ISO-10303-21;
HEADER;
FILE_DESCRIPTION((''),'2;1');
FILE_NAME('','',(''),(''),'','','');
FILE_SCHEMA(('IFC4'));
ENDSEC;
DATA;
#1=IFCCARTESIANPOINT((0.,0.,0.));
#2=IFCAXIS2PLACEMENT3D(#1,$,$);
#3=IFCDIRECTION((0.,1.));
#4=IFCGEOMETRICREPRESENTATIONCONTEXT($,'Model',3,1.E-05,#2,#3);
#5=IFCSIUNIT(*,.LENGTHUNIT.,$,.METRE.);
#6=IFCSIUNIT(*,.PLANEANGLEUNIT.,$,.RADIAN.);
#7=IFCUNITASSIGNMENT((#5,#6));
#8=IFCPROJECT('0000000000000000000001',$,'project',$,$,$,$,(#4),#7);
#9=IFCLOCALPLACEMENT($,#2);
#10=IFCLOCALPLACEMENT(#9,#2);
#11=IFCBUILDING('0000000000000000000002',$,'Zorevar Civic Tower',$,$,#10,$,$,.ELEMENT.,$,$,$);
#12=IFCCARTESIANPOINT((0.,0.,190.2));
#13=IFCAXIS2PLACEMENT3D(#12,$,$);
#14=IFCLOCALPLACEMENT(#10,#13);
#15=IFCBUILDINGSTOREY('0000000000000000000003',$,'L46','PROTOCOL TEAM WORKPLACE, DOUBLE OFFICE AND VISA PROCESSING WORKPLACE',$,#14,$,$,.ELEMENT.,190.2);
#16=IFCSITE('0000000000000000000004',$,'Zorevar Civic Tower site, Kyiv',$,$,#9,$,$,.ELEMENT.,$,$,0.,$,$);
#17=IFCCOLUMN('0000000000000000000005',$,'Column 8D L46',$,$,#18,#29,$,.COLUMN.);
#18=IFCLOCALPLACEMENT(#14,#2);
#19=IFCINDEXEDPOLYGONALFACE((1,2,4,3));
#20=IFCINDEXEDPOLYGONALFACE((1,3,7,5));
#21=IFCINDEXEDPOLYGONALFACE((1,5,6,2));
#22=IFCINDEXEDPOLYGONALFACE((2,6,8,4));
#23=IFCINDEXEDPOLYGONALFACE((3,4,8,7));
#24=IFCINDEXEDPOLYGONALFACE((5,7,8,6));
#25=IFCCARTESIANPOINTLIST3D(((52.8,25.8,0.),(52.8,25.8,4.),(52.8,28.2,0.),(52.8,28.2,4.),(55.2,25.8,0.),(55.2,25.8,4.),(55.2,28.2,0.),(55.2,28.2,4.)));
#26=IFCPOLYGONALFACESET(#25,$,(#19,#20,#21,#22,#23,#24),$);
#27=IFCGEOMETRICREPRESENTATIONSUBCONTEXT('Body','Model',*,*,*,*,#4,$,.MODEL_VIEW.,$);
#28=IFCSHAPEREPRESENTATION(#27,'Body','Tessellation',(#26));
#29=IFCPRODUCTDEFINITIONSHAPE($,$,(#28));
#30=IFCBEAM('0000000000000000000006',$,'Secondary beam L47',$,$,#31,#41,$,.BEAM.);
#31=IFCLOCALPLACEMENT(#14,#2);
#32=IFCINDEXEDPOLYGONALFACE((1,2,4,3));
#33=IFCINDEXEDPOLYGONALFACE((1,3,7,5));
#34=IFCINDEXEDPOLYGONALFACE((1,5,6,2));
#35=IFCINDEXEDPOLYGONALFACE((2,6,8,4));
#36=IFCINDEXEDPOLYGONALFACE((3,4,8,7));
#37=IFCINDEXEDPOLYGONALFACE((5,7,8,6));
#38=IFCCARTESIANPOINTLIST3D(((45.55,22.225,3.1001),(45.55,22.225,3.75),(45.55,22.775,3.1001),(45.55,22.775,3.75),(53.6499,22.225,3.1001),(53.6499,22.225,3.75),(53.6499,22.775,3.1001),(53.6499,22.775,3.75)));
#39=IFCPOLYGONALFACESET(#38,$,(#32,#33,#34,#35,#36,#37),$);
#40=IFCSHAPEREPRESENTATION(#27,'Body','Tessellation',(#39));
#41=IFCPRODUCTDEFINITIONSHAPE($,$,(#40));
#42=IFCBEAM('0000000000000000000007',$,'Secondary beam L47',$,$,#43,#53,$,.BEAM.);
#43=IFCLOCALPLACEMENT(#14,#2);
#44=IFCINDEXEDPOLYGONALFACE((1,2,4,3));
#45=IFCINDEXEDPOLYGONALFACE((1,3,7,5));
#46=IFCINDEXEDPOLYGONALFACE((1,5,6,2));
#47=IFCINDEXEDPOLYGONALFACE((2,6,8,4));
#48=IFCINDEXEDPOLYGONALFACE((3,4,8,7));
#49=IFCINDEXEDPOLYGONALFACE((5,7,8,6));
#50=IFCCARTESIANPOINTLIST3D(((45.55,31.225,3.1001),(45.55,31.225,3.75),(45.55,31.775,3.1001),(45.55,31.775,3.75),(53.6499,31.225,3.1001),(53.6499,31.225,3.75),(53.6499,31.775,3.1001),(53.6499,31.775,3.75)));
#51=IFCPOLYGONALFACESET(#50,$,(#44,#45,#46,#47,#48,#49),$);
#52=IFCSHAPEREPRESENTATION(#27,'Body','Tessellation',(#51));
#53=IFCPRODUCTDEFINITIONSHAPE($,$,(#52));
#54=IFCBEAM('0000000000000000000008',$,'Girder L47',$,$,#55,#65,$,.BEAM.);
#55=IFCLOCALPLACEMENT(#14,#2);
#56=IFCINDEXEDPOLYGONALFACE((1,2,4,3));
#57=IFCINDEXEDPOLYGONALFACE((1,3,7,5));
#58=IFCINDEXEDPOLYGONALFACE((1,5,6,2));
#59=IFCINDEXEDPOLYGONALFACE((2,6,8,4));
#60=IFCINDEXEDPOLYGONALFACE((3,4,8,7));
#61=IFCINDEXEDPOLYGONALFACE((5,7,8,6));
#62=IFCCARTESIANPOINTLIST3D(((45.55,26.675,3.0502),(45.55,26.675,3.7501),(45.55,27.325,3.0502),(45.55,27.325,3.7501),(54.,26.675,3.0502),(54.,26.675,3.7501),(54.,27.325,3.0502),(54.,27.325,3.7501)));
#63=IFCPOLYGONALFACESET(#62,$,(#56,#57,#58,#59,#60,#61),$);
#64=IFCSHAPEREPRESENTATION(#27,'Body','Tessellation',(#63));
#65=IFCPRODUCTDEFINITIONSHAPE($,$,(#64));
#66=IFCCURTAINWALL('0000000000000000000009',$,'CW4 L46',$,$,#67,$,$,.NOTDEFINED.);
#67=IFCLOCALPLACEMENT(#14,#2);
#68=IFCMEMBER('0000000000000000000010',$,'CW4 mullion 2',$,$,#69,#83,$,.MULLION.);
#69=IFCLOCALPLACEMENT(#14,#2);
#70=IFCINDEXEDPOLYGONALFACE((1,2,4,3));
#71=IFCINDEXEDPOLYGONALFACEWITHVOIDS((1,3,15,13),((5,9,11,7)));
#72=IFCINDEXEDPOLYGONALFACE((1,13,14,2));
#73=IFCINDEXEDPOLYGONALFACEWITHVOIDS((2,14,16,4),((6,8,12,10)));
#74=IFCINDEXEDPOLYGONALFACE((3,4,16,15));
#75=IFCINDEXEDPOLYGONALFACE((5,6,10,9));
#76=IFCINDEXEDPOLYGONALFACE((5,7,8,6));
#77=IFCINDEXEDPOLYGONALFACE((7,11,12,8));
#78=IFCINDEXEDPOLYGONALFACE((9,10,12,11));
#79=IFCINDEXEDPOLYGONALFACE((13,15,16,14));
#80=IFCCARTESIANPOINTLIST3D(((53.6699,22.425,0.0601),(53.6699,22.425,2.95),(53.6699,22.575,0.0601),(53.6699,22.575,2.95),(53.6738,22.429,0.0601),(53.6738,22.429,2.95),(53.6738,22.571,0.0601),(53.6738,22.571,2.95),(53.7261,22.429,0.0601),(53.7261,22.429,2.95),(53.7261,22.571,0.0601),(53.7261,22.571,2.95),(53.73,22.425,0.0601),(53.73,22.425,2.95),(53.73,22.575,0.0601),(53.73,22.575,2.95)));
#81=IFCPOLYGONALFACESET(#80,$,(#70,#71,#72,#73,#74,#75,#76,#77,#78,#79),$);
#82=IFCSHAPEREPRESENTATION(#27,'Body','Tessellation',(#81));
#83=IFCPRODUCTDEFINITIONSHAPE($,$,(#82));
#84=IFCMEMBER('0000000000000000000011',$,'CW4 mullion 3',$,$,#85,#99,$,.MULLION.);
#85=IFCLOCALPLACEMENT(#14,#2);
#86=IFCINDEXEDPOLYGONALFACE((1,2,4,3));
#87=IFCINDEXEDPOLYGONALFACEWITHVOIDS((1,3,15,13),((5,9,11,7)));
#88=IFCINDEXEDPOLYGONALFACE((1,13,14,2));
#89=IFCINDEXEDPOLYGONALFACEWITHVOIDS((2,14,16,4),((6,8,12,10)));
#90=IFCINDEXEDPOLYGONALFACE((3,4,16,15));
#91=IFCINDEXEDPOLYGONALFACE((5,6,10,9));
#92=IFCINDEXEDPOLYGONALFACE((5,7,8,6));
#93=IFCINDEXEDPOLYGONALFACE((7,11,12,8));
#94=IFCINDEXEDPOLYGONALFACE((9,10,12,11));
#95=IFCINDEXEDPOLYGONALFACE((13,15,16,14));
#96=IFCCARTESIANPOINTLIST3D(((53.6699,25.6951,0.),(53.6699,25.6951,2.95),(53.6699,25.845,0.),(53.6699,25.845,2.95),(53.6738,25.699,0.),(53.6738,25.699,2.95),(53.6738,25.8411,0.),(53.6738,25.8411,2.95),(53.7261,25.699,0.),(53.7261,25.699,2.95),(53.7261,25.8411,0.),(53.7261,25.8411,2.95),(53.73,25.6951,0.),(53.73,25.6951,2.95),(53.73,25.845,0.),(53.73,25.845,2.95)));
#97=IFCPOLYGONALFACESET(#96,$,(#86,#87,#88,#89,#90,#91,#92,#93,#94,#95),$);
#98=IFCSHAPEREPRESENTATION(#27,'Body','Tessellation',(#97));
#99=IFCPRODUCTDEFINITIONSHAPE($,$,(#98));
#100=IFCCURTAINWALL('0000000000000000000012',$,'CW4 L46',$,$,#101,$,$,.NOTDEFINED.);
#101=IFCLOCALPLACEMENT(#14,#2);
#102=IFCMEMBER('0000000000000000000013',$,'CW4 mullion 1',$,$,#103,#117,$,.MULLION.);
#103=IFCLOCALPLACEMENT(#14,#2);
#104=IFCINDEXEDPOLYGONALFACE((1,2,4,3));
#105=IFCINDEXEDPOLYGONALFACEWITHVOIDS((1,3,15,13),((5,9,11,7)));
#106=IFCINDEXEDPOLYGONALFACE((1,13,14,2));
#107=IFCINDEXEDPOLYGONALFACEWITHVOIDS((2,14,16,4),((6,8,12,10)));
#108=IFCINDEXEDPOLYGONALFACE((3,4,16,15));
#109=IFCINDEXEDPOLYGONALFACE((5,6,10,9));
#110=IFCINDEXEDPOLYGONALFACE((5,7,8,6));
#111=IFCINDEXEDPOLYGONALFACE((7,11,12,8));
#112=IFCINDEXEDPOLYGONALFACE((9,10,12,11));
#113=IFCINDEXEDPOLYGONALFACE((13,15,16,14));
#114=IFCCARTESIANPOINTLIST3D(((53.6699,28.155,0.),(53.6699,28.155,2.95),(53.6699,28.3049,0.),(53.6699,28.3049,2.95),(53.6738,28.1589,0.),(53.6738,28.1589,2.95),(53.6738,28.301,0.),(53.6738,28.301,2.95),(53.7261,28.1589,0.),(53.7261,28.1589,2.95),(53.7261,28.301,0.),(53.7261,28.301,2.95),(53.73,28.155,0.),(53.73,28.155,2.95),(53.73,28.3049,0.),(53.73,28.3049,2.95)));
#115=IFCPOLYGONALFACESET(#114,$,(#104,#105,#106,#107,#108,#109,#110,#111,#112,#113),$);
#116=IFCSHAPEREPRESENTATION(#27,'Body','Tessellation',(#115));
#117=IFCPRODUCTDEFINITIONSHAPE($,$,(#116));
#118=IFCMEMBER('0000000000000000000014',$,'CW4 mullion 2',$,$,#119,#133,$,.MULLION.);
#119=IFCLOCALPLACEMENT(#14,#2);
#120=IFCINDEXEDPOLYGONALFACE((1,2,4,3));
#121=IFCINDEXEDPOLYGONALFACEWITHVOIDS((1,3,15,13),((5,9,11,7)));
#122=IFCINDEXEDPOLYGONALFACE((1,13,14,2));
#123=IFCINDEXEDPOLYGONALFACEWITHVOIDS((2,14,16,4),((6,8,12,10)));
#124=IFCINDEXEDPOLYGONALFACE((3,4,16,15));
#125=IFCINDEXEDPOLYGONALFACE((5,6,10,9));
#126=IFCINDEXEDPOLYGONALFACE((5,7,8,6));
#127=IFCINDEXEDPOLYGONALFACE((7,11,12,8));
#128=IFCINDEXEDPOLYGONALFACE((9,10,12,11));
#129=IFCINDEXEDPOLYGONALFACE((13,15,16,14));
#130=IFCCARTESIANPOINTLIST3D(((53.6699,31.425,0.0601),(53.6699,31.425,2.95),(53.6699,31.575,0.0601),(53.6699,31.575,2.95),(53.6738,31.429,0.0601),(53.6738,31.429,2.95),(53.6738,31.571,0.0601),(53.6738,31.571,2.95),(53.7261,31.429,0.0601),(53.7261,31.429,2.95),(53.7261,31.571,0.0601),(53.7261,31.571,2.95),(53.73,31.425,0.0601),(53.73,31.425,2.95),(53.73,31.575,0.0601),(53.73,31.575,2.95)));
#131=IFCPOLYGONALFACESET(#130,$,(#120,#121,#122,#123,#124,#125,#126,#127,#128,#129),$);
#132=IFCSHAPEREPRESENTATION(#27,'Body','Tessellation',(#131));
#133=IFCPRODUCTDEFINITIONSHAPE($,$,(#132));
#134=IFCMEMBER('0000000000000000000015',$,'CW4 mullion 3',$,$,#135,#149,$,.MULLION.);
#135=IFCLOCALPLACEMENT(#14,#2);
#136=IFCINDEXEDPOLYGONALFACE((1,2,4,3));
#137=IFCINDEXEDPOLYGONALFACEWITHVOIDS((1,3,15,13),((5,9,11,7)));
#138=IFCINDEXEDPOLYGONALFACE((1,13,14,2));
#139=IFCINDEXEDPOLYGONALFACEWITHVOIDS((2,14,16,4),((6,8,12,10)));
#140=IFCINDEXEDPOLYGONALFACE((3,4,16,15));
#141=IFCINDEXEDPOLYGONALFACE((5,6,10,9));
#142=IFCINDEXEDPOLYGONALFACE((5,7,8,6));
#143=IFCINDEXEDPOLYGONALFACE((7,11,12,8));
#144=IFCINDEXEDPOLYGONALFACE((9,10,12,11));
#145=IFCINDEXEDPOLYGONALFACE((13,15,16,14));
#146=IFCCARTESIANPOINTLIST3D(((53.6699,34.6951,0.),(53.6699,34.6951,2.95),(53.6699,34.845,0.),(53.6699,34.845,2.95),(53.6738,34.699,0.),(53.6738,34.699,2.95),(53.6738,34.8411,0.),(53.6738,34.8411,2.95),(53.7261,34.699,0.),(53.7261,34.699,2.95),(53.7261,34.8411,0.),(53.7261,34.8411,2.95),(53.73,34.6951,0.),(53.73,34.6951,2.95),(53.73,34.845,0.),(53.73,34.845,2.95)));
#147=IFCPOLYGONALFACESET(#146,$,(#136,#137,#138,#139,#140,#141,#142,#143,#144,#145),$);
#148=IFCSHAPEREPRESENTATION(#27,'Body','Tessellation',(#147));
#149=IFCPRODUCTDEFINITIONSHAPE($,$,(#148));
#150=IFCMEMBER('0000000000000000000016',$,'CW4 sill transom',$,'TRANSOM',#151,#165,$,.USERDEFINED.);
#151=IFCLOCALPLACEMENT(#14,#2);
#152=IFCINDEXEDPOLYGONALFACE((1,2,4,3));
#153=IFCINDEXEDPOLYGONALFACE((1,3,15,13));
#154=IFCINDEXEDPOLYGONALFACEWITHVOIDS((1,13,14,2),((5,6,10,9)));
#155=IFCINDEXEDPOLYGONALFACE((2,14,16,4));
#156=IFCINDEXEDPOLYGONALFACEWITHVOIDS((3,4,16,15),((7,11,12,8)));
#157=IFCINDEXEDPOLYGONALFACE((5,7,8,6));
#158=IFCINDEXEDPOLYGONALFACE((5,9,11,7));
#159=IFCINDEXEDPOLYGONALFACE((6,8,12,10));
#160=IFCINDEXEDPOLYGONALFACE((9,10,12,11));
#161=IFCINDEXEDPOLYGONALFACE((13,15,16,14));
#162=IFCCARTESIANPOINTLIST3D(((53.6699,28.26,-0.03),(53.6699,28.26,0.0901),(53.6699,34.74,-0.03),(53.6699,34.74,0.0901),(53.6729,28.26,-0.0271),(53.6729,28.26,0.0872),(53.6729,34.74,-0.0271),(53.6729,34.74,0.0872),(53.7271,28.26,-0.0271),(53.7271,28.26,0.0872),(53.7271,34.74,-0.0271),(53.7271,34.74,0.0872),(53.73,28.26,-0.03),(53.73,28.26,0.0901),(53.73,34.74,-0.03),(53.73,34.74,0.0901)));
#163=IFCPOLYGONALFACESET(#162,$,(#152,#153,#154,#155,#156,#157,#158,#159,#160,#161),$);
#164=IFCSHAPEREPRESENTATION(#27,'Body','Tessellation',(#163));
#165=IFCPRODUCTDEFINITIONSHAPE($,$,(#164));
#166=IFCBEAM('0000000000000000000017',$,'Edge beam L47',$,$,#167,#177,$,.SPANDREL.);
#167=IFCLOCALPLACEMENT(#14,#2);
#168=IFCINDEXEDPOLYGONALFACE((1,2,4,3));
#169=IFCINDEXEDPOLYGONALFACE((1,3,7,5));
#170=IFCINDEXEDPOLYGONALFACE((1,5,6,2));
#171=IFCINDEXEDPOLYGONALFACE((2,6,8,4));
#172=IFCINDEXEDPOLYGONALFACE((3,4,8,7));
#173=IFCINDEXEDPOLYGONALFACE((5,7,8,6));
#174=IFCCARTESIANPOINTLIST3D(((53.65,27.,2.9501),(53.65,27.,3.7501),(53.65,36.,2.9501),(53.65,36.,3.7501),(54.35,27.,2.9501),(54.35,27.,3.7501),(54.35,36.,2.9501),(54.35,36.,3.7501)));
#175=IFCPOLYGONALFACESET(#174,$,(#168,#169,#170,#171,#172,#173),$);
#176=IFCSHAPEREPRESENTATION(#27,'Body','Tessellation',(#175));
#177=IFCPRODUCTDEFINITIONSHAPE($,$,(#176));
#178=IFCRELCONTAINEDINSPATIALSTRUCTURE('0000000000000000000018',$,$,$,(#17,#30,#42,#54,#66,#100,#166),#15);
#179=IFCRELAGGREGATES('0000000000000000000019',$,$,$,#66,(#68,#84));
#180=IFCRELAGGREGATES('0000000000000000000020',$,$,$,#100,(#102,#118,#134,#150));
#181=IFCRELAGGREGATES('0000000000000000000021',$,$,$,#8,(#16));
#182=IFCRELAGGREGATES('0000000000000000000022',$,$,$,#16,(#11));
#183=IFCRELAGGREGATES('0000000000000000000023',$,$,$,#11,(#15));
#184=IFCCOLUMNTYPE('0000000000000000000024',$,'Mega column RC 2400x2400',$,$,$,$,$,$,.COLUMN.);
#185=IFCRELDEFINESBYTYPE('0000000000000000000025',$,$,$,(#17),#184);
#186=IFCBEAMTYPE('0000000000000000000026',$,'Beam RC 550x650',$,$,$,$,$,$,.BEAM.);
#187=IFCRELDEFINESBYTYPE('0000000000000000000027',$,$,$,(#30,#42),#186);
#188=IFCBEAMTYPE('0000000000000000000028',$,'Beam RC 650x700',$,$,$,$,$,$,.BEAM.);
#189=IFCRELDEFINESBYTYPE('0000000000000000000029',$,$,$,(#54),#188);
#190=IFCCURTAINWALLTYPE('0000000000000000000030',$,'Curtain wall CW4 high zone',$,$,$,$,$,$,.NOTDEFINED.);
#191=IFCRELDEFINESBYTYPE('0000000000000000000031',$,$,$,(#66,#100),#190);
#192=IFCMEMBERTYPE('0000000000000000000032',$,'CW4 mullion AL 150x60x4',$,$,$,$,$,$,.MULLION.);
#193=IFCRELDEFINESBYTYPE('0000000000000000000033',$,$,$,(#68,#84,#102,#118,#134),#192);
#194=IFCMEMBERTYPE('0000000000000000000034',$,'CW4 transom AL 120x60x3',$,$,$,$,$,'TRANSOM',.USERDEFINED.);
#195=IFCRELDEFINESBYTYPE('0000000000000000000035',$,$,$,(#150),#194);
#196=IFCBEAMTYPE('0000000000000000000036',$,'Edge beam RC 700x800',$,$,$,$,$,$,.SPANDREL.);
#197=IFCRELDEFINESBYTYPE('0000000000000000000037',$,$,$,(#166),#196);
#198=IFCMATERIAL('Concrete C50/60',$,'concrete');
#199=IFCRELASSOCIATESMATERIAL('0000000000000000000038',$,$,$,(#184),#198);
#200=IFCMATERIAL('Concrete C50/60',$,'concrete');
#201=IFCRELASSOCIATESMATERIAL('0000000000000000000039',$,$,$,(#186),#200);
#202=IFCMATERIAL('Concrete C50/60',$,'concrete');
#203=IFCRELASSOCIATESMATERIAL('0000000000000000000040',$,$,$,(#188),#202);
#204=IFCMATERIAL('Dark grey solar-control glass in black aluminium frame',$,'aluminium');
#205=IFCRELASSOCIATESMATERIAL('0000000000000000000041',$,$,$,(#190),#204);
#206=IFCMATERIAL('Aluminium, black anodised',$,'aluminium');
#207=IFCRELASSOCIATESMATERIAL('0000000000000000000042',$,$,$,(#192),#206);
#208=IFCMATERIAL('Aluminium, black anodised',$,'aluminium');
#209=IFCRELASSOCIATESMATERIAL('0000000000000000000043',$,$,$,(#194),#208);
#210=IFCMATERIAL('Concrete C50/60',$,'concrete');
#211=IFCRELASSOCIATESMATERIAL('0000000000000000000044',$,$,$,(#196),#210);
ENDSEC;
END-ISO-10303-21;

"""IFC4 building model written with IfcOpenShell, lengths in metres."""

from ifc_helpers import new_model, si_unit, direction, frame, origin, origin_2d, place, context, subcontext, project, spatial, rectangle, hollow_rectangle, extrude, material, material_profile, profile_set, type_object, element, aggregate, save


model = new_model("IFC4")

# Units and contexts
model_context = context("Model", 3, precision=1e-05, world=origin(), true_north=direction((0.0, 1.0)))
body_context = subcontext(model_context, "Body", "Model", "MODEL_VIEW")
ifc_project = project(units=[si_unit("LENGTHUNIT", "METRE"), si_unit("PLANEANGLEUNIT", "RADIAN")], contexts=[model_context])

# Site, building, storey
site_placement = place(None, origin())
site = spatial("IfcSite", under=ifc_project, at=site_placement, Name="Zorevar Civic Tower site, Kyiv", CompositionType="ELEMENT", RefElevation=0.0)
building_placement = place(site_placement, origin())
building = spatial("IfcBuilding", under=site, at=building_placement, Name="Zorevar Civic Tower", CompositionType="ELEMENT")
storey_placement = place(building_placement, frame((0.0, 0.0, 190.2)))
storey = spatial("IfcBuildingStorey", under=building, at=storey_placement, Name="L46", Description="PROTOCOL TEAM WORKPLACE, DOUBLE OFFICE AND VISA PROCESSING WORKPLACE", CompositionType="ELEMENT", Elevation=190.2)

# Column
ifc_material_1 = material(Name="Concrete C50/60", Category="concrete")
ifc_material_profile_1 = material_profile(ifc_material_1, rectangle(XDim=2.3999, YDim=2.3999, at=origin_2d()), Name="RC 2400x2400")
ifc_profile_set_1 = profile_set([ifc_material_profile_1], Name="Concrete C50/60")
column_type = type_object("IfcColumnType", Name="Mega column RC 2400x2400", PredefinedType="COLUMN", material=ifc_profile_set_1)
column_placement = place(storey_placement, frame((54.0, 27.0, 0.0), z_axis=(0.0, 0.0, 1.0), x_axis=(1.0, 0.0, 0.0)))
element("IfcColumn", 1, at=column_placement, inside=storey, type_object=column_type, Name="Column 8D L46", PredefinedType="COLUMN", context=body_context, shape_type="SweptSolid", body=[
    extrude(rectangle(XDim=2.3999, YDim=2.3999, at=origin_2d()), origin(), (0.0, 0.0, 1.0), 4.0),
])

# Beams
ifc_material_2 = material(Name="Concrete C50/60", Category="concrete")
ifc_material_profile_2 = material_profile(ifc_material_2, rectangle(XDim=0.55, YDim=0.6499, at=origin_2d()), Name="RC 550x650")
ifc_profile_set_2 = profile_set([ifc_material_profile_2], Name="Concrete C50/60")
beam_type_1 = type_object("IfcBeamType", Name="Beam RC 550x650", PredefinedType="BEAM", material=ifc_profile_set_2)
for number, where, z_axis, x_axis, name in (
    (2, (45.55, 22.5, 3.425), (1.0, 0.0, 0.0), (0.0, 1.0, 0.0), "Secondary beam L47"),
    (3, (45.55, 31.5, 3.425), (1.0, 0.0, 0.0), (0.0, 1.0, 0.0), "Secondary beam L47"),
):
    element("IfcBeam", number, at=place(storey_placement, frame(where, z_axis=z_axis, x_axis=x_axis)), inside=storey, type_object=beam_type_1, Name=name, PredefinedType="BEAM", context=body_context, shape_type="SweptSolid", body=[
        extrude(rectangle(XDim=0.55, YDim=0.6499, at=origin_2d()), origin(), (0.0, 0.0, 1.0), 8.0999),
    ])
ifc_material_3 = material(Name="Concrete C50/60", Category="concrete")
ifc_material_profile_3 = material_profile(ifc_material_3, rectangle(XDim=0.6499, YDim=0.7, at=origin_2d()), Name="RC 650x700")
ifc_profile_set_3 = profile_set([ifc_material_profile_3], Name="Concrete C50/60")
beam_type_2 = type_object("IfcBeamType", Name="Beam RC 650x700", PredefinedType="BEAM", material=ifc_profile_set_3)
beam_1_placement = place(storey_placement, frame((45.55, 27.0, 3.4001), z_axis=(1.0, 0.0, 0.0), x_axis=(0.0, 1.0, 0.0)))
element("IfcBeam", 4, at=beam_1_placement, inside=storey, type_object=beam_type_2, Name="Girder L47", PredefinedType="BEAM", context=body_context, shape_type="SweptSolid", body=[
    extrude(rectangle(XDim=0.6499, YDim=0.7, at=origin_2d()), origin(), (0.0, 0.0, 1.0), 8.45),
])

# Curtain walls, members
ifc_material_4 = material(Name="Dark grey solar-control glass in black aluminium frame", Category="aluminium")
curtain_wall_type = type_object("IfcCurtainWallType", Name="Curtain wall CW4 high zone", PredefinedType="NOTDEFINED", material=ifc_material_4)
curtain_wall_1_placement = place(storey_placement, origin())
curtain_wall_1 = element("IfcCurtainWall", 5, at=curtain_wall_1_placement, inside=storey, type_object=curtain_wall_type, Name="CW4 L46", PredefinedType="NOTDEFINED")
ifc_material_5 = material(Name="Aluminium, black anodised", Category="aluminium")
ifc_material_profile_4 = material_profile(ifc_material_5, hollow_rectangle(XDim=0.0601, YDim=0.1499, WallThickness=0.0039, at=origin_2d()), Name="AL 150x60x4")
ifc_profile_set_4 = profile_set([ifc_material_profile_4], Name="Aluminium, black anodised")
member_type_1 = type_object("IfcMemberType", Name="CW4 mullion AL 150x60x4", PredefinedType="MULLION", material=ifc_profile_set_4)
member_1_placement = place(storey_placement, frame((53.7, 22.5, 0.0601), z_axis=(0.0, 0.0, 1.0), x_axis=(-1.0, 0.0, 0.0)))
member_1 = element("IfcMember", 6, at=member_1_placement, type_object=member_type_1, Name="CW4 mullion 2", PredefinedType="MULLION", context=body_context, shape_type="SweptSolid", body=[
    extrude(hollow_rectangle(XDim=0.0601, YDim=0.1499, WallThickness=0.0039, at=origin_2d()), origin(), (0.0, 0.0, 1.0), 2.8899),
])
member_2_placement = place(storey_placement, frame((53.7, 25.77, 0.0), z_axis=(0.0, 0.0, 1.0), x_axis=(-1.0, 0.0, 0.0)))
member_2 = element("IfcMember", 7, at=member_2_placement, type_object=member_type_1, Name="CW4 mullion 3", PredefinedType="MULLION", context=body_context, shape_type="SweptSolid", body=[
    extrude(hollow_rectangle(XDim=0.0601, YDim=0.1499, WallThickness=0.0039, at=origin_2d()), origin(), (0.0, 0.0, 1.0), 2.95),
])
curtain_wall_2_placement = place(storey_placement, origin())
curtain_wall_2 = element("IfcCurtainWall", 8, at=curtain_wall_2_placement, inside=storey, type_object=curtain_wall_type, Name="CW4 L46", PredefinedType="NOTDEFINED")
member_3_placement = place(storey_placement, frame((53.7, 28.23, 0.0), z_axis=(0.0, 0.0, 1.0), x_axis=(-1.0, 0.0, 0.0)))
member_3 = element("IfcMember", 9, at=member_3_placement, type_object=member_type_1, Name="CW4 mullion 1", PredefinedType="MULLION", context=body_context, shape_type="SweptSolid", body=[
    extrude(hollow_rectangle(XDim=0.0601, YDim=0.1499, WallThickness=0.0039, at=origin_2d()), origin(), (0.0, 0.0, 1.0), 2.95),
])
member_4_placement = place(storey_placement, frame((53.7, 31.5, 0.0601), z_axis=(0.0, 0.0, 1.0), x_axis=(-1.0, 0.0, 0.0)))
member_4 = element("IfcMember", 10, at=member_4_placement, type_object=member_type_1, Name="CW4 mullion 2", PredefinedType="MULLION", context=body_context, shape_type="SweptSolid", body=[
    extrude(hollow_rectangle(XDim=0.0601, YDim=0.1499, WallThickness=0.0039, at=origin_2d()), origin(), (0.0, 0.0, 1.0), 2.8899),
])
member_5_placement = place(storey_placement, frame((53.7, 34.77, 0.0), z_axis=(0.0, 0.0, 1.0), x_axis=(-1.0, 0.0, 0.0)))
member_5 = element("IfcMember", 11, at=member_5_placement, type_object=member_type_1, Name="CW4 mullion 3", PredefinedType="MULLION", context=body_context, shape_type="SweptSolid", body=[
    extrude(hollow_rectangle(XDim=0.0601, YDim=0.1499, WallThickness=0.0039, at=origin_2d()), origin(), (0.0, 0.0, 1.0), 2.95),
])
ifc_material_6 = material(Name="Aluminium, black anodised", Category="aluminium")
ifc_material_profile_5 = material_profile(ifc_material_6, hollow_rectangle(XDim=0.0601, YDim=0.1201, WallThickness=0.0029, at=origin_2d()), Name="AL 120x60x3")
ifc_profile_set_5 = profile_set([ifc_material_profile_5], Name="Aluminium, black anodised")
member_type_2 = type_object("IfcMemberType", Name="CW4 transom AL 120x60x3", ElementType="TRANSOM", PredefinedType="USERDEFINED", material=ifc_profile_set_5)
member_6_placement = place(storey_placement, frame((53.7, 28.26, 0.03), z_axis=(0.0, 1.0, 0.0), x_axis=(-1.0, 0.0, 0.0)))
member_6 = element("IfcMember", 12, at=member_6_placement, type_object=member_type_2, Name="CW4 sill transom", ObjectType="TRANSOM", PredefinedType="USERDEFINED", context=body_context, shape_type="SweptSolid", body=[
    extrude(hollow_rectangle(XDim=0.0601, YDim=0.1201, WallThickness=0.0029, at=origin_2d()), origin(), (0.0, 0.0, 1.0), 6.48),
])

# Beam
ifc_material_7 = material(Name="Concrete C50/60", Category="concrete")
ifc_material_profile_6 = material_profile(ifc_material_7, rectangle(XDim=0.7, YDim=0.8, at=origin_2d()), Name="RC 700x800")
ifc_profile_set_6 = profile_set([ifc_material_profile_6], Name="Concrete C50/60")
beam_type_3 = type_object("IfcBeamType", Name="Edge beam RC 700x800", PredefinedType="SPANDREL", material=ifc_profile_set_6)
beam_2_placement = place(storey_placement, frame((54.0, 27.0, 3.3501), z_axis=(0.0, 1.0, 0.0), x_axis=(-1.0, 0.0, 0.0)))
element("IfcBeam", 13, at=beam_2_placement, inside=storey, type_object=beam_type_3, Name="Edge beam L47", PredefinedType="SPANDREL", context=body_context, shape_type="SweptSolid", body=[
    extrude(rectangle(XDim=0.7, YDim=0.8, at=origin_2d()), origin(), (0.0, 0.0, 1.0), 9.0),
])

aggregate(curtain_wall_1, [member_1, member_2])
aggregate(curtain_wall_2, [member_3, member_4, member_5, member_6])

save(model, "model.ifc")
